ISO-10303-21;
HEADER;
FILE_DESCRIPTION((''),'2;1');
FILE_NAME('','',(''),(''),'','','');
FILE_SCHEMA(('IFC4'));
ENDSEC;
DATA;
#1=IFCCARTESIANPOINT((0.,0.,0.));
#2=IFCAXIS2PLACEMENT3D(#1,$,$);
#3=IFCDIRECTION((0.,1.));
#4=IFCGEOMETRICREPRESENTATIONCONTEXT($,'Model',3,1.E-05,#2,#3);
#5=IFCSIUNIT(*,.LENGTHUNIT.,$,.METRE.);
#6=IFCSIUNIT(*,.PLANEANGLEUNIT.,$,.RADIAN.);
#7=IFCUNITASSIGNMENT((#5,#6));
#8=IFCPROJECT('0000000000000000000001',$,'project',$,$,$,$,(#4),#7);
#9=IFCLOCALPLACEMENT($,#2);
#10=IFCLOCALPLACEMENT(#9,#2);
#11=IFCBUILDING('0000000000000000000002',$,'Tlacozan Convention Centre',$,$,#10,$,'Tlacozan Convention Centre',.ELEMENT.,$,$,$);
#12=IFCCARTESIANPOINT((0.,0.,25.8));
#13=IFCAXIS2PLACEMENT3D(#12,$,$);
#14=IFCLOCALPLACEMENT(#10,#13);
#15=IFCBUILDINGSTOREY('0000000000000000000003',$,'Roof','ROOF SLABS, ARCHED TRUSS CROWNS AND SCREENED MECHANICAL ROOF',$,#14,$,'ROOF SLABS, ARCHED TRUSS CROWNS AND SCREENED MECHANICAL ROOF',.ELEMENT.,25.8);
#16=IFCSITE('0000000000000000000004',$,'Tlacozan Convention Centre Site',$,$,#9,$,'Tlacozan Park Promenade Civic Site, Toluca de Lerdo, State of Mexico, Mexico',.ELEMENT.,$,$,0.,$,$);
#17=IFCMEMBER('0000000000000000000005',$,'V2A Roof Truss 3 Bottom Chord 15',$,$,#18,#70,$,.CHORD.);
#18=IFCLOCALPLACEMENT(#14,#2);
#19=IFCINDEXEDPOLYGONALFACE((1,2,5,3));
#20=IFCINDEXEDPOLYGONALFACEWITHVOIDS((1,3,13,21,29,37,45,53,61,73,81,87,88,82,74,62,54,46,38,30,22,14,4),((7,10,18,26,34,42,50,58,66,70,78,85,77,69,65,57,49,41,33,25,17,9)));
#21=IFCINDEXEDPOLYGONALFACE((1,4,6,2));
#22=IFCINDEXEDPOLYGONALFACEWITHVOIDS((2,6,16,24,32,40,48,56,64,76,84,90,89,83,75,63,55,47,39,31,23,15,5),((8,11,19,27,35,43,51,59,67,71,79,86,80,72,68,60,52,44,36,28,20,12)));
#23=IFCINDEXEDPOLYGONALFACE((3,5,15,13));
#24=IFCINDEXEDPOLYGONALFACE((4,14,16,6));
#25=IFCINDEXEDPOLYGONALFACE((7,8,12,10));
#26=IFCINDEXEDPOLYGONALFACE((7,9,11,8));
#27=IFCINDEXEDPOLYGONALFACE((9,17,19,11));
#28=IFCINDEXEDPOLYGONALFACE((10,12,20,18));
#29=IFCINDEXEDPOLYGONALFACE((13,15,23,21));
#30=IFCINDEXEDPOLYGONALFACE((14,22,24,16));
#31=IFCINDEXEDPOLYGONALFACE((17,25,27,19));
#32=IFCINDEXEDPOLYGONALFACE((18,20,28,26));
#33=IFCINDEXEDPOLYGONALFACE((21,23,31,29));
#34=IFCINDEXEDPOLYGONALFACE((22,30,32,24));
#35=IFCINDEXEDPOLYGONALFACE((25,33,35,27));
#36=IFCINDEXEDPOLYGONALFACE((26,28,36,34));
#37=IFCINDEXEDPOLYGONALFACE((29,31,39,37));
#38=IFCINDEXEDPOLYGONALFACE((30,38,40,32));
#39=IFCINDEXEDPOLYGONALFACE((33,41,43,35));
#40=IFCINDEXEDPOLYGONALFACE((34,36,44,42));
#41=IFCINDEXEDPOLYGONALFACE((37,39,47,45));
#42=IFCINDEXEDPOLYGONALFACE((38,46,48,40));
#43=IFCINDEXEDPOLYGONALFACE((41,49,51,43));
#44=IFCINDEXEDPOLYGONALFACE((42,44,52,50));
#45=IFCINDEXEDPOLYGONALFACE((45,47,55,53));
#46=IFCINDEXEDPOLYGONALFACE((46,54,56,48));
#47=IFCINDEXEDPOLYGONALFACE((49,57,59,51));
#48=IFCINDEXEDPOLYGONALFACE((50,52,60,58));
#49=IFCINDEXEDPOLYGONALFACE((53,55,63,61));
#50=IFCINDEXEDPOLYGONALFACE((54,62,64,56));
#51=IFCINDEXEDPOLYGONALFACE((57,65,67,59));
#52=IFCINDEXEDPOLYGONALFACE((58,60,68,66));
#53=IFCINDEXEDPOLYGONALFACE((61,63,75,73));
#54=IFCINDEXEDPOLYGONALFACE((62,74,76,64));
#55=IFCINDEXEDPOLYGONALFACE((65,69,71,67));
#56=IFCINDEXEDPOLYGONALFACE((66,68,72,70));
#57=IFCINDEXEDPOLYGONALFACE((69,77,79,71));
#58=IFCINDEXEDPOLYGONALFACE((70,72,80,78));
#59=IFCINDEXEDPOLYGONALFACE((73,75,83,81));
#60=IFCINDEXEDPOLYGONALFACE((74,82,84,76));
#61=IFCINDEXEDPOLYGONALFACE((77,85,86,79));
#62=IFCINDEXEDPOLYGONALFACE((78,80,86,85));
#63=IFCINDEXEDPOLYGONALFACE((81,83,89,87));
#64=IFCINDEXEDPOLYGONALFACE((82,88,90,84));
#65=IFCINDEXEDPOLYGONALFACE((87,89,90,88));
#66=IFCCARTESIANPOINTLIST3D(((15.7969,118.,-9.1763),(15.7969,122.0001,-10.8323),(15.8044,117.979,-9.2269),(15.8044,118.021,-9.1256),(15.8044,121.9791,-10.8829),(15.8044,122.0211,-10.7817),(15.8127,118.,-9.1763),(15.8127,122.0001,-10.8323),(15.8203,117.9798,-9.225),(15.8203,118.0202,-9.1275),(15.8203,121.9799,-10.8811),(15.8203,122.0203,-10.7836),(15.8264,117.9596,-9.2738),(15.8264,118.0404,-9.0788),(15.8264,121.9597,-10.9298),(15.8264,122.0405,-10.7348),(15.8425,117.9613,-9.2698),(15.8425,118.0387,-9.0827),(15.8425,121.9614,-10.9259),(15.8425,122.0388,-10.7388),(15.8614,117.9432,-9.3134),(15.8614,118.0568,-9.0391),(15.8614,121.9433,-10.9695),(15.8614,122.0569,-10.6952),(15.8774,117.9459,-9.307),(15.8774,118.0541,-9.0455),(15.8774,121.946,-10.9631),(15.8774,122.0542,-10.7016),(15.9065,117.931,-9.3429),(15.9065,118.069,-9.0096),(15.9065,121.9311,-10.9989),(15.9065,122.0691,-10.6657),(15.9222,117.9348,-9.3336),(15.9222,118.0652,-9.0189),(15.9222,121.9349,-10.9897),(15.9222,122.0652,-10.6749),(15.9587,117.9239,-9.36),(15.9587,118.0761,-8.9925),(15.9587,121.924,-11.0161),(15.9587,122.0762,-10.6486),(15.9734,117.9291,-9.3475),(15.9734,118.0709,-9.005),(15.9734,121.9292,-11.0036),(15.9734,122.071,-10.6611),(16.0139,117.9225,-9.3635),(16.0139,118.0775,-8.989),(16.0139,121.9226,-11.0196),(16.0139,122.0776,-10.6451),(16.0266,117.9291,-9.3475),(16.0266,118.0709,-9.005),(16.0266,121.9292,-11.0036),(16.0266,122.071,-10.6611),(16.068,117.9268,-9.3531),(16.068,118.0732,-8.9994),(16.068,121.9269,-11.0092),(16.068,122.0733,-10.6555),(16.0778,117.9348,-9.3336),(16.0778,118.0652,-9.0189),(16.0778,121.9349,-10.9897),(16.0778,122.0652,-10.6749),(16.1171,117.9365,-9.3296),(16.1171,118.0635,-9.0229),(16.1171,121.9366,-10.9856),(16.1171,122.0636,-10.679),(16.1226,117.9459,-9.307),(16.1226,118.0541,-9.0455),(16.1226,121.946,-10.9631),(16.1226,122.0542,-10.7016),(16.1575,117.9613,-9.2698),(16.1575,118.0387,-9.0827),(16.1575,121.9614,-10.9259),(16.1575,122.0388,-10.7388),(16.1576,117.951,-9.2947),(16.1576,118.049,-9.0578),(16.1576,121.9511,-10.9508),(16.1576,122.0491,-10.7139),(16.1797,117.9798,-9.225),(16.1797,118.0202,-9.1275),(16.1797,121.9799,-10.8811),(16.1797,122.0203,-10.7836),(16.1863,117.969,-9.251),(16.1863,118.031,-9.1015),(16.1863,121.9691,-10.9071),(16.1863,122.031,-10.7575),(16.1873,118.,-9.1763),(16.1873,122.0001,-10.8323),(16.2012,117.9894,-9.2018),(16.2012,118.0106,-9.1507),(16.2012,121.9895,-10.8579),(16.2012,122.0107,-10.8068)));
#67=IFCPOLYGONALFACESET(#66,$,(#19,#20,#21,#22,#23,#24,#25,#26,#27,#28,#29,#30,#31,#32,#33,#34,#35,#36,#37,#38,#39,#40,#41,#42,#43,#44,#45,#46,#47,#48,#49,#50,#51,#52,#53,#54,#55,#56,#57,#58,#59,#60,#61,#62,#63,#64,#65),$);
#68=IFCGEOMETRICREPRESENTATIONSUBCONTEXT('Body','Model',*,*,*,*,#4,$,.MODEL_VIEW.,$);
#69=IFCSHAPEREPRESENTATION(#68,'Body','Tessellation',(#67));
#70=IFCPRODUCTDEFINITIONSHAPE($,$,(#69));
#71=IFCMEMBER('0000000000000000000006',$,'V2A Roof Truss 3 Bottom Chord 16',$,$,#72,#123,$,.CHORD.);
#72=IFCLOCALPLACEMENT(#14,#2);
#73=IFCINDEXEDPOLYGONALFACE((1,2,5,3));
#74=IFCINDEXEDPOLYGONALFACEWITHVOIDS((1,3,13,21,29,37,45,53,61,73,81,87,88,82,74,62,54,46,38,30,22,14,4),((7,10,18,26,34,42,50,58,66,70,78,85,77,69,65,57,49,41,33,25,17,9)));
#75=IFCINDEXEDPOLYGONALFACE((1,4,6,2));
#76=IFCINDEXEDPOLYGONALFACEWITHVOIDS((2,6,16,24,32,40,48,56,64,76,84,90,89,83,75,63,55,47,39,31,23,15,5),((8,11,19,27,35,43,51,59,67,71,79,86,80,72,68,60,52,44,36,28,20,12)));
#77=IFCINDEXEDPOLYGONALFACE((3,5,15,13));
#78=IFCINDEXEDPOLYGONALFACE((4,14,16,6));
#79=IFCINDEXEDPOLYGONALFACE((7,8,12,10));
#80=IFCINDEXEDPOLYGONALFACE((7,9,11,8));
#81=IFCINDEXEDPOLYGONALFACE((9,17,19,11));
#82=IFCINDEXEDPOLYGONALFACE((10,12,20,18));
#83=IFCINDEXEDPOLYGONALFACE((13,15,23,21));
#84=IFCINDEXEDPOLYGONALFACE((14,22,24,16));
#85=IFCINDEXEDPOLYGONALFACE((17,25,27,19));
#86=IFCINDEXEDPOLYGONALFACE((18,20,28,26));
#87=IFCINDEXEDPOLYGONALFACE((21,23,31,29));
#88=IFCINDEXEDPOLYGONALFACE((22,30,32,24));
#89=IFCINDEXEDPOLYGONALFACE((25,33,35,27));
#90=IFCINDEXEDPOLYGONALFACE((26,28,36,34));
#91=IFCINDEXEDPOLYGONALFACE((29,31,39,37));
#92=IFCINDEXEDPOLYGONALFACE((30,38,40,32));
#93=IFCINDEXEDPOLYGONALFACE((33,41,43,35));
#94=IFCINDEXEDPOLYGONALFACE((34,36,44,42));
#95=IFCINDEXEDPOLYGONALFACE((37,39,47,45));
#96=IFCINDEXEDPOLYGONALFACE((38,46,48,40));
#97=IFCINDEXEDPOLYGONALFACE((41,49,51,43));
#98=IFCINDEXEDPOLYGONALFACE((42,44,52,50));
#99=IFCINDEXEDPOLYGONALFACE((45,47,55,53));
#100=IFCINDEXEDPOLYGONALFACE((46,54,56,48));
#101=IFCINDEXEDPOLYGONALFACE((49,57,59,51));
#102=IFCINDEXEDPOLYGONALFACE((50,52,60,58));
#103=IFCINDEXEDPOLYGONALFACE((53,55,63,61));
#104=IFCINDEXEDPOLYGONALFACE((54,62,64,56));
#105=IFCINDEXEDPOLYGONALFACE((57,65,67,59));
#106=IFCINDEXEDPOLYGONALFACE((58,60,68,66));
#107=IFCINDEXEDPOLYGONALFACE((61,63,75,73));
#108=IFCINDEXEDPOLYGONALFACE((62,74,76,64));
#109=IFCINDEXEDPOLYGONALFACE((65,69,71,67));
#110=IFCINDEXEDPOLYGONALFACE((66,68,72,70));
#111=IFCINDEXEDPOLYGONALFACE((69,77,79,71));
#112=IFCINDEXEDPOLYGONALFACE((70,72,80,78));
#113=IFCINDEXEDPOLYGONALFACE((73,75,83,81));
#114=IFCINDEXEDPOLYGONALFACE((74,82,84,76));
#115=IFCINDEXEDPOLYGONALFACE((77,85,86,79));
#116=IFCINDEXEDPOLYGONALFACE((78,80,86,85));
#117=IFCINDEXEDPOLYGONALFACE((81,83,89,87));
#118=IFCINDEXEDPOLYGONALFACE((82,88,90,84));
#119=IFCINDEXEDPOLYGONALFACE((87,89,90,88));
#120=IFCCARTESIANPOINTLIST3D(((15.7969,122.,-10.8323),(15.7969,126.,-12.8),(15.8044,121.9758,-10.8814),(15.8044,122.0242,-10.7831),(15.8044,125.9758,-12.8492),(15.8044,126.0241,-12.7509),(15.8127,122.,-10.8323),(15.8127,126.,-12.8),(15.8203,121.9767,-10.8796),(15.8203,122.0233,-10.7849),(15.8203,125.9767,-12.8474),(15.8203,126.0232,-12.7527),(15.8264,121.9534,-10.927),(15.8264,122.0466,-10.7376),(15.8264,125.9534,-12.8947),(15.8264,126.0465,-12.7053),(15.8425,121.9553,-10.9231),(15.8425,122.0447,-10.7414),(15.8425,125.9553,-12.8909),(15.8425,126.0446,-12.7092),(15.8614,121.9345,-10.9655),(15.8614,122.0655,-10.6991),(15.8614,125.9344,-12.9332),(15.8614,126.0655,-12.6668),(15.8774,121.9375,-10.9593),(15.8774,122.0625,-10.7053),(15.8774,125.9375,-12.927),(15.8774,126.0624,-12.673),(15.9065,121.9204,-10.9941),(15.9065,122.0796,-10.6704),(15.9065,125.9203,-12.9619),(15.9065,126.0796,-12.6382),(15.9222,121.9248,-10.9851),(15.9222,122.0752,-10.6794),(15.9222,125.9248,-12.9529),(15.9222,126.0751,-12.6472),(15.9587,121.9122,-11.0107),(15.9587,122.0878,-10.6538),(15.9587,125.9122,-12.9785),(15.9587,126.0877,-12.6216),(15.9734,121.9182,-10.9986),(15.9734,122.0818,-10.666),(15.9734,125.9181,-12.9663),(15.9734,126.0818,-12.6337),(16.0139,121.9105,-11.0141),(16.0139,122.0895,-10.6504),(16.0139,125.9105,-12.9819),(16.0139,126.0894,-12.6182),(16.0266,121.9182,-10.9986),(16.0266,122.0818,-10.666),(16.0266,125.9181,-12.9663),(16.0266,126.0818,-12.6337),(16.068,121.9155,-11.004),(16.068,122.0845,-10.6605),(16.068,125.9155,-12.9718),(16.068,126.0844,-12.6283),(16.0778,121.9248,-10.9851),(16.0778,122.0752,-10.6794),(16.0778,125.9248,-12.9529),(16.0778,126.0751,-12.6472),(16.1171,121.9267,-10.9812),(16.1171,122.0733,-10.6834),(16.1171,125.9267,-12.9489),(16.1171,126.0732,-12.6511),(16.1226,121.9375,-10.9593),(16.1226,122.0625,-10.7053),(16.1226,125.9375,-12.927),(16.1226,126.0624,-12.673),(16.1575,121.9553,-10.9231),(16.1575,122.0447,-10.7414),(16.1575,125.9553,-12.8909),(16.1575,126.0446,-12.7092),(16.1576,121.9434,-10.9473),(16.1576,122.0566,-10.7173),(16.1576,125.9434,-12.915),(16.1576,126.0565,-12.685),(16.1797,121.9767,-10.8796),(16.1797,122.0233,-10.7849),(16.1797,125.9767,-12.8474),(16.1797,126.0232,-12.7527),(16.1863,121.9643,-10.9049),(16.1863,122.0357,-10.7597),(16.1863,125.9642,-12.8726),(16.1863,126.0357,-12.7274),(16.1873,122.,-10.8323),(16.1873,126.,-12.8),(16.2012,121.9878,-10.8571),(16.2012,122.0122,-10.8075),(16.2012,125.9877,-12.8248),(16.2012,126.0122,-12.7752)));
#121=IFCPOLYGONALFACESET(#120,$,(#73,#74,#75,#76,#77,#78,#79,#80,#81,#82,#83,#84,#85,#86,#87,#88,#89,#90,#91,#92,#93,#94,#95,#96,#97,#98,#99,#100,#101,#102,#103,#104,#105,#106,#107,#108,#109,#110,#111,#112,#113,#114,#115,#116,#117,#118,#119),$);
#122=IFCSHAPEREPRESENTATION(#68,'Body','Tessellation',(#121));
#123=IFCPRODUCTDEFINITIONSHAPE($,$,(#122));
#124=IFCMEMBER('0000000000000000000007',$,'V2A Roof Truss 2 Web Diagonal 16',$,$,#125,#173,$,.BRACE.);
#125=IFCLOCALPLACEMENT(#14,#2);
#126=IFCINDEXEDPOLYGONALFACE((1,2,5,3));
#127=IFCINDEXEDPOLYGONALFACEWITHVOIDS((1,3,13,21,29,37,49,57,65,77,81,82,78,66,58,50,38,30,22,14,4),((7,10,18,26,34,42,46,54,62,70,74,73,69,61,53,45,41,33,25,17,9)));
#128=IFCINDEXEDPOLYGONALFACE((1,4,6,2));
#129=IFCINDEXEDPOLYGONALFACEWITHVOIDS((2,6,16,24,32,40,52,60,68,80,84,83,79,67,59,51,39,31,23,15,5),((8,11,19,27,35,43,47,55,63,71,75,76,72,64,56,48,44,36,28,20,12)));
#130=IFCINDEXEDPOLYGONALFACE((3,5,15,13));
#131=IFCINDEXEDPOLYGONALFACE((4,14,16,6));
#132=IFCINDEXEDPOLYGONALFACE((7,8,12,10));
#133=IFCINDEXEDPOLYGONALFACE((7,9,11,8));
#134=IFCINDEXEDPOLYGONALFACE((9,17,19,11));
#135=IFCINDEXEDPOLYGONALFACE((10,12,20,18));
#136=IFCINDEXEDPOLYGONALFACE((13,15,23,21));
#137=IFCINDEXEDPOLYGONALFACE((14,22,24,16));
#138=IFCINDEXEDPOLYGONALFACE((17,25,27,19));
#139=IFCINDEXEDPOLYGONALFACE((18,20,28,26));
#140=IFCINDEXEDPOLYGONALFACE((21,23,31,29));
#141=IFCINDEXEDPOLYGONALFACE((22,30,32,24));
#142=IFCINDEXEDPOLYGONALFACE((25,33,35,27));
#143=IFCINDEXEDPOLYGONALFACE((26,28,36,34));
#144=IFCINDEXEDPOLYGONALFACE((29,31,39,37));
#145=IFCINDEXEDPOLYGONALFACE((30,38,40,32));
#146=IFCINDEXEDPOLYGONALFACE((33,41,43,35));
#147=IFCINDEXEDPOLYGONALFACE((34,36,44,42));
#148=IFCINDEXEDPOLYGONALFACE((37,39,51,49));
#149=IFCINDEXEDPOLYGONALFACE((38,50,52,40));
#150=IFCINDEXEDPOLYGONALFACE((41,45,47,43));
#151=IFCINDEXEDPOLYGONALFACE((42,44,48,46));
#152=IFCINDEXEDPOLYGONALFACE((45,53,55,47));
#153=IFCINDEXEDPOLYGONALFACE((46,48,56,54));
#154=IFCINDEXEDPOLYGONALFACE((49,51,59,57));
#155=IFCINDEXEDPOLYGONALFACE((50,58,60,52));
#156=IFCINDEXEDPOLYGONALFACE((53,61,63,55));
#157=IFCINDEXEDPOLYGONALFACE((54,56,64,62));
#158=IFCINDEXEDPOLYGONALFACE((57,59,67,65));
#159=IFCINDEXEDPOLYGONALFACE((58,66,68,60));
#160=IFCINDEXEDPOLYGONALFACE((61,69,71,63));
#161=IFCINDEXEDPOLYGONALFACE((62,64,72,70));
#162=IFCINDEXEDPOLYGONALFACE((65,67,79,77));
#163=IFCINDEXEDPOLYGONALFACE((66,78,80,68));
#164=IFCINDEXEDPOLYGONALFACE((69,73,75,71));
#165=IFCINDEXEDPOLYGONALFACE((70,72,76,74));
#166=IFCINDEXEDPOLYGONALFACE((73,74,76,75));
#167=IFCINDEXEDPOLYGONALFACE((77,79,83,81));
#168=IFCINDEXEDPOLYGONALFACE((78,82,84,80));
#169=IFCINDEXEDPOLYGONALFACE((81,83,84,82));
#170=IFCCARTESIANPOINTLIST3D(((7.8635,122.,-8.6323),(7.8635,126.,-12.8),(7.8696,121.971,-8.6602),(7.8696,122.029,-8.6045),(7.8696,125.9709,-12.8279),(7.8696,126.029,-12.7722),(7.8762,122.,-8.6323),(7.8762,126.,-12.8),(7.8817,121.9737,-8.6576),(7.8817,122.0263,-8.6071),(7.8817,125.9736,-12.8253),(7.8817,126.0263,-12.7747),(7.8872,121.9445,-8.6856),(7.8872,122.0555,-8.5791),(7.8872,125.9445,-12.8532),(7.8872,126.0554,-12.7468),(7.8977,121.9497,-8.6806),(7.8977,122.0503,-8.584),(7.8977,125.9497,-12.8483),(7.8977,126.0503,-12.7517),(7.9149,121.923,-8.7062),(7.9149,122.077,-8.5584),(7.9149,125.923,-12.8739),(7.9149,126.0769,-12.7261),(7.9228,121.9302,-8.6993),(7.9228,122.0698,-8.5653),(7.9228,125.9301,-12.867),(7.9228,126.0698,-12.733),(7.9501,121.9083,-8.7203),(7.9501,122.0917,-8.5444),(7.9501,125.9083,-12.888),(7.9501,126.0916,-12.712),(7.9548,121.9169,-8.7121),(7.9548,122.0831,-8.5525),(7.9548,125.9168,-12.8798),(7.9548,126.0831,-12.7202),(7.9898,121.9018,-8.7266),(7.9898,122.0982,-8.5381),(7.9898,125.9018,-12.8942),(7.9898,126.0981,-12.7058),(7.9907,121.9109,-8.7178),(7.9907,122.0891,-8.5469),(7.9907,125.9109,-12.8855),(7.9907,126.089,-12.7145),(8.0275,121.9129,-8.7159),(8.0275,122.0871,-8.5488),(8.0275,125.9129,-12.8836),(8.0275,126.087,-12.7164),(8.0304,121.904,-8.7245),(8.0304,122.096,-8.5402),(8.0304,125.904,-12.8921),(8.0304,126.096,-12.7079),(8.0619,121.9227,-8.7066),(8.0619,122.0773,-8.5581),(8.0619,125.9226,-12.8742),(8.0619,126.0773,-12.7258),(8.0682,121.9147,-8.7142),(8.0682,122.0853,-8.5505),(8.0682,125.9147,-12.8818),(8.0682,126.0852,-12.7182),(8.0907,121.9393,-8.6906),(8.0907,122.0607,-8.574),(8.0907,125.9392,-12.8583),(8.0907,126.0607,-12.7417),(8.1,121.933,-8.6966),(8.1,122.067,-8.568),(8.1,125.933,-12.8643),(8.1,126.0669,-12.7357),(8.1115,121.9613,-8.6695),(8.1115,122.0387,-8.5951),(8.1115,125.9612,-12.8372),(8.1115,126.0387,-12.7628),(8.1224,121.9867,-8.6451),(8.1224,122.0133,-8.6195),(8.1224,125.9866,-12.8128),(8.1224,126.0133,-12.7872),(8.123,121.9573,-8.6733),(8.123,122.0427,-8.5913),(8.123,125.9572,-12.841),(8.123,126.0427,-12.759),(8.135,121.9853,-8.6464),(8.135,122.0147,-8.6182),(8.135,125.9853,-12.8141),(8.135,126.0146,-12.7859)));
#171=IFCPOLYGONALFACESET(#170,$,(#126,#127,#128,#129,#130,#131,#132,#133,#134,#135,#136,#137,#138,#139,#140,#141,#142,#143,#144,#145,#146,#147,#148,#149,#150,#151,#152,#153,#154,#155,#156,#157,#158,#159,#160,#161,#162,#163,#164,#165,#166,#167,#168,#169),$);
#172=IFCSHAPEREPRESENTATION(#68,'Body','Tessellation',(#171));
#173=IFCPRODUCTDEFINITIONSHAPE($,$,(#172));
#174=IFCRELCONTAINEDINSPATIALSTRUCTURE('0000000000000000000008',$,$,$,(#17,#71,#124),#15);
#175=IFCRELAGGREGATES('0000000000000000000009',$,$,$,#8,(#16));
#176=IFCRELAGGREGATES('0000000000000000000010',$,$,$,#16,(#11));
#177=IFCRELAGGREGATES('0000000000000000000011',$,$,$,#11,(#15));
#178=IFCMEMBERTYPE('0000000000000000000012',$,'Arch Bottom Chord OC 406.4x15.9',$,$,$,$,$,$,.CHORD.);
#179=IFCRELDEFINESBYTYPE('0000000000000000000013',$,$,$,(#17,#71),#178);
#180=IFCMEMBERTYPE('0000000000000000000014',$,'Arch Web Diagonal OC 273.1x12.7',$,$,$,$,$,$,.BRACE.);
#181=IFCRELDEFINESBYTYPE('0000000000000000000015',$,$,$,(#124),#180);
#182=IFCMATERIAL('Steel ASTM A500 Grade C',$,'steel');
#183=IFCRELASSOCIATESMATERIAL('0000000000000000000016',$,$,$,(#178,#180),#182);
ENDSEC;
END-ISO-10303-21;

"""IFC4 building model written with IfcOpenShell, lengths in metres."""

from ifc_helpers import new_model, si_unit, direction, frame, origin, origin_2d, place, context, subcontext, project, spatial, hollow_circle, extrude, material, material_profile, profile_set, type_object, element, save


model = new_model("IFC4")

# Units and contexts
model_context = context("Model", 3, precision=1e-05, world=origin(), true_north=direction((0.0, 1.0)))
body_context = subcontext(model_context, "Body", "Model", "MODEL_VIEW")
ifc_project = project(units=[si_unit("LENGTHUNIT", "METRE"), si_unit("PLANEANGLEUNIT", "RADIAN")], contexts=[model_context])

# Site, building, storey
site_placement = place(None, origin())
site = spatial("IfcSite", under=ifc_project, at=site_placement, Name="Tlacozan Convention Centre Site", LongName="Tlacozan Park Promenade Civic Site, Toluca de Lerdo, State of Mexico, Mexico", CompositionType="ELEMENT", RefElevation=0.0)
building_placement = place(site_placement, origin())
building = spatial("IfcBuilding", under=site, at=building_placement, Name="Tlacozan Convention Centre", LongName="Tlacozan Convention Centre", CompositionType="ELEMENT")
storey_placement = place(building_placement, frame((0.0, 0.0, 25.8)))
storey = spatial("IfcBuildingStorey", under=building, at=storey_placement, Name="Roof", Description="ROOF SLABS, ARCHED TRUSS CROWNS AND SCREENED MECHANICAL ROOF", LongName="ROOF SLABS, ARCHED TRUSS CROWNS AND SCREENED MECHANICAL ROOF", CompositionType="ELEMENT", Elevation=25.8)

# Members
ifc_material_1 = material(Name="Steel ASTM A500 Grade C", Category="steel")
ifc_material_profile_1 = material_profile(ifc_material_1, hollow_circle(Radius=0.2031, WallThickness=0.0159, at=origin_2d()), Name="OC 406.4x15.9")
ifc_profile_set_1 = profile_set([ifc_material_profile_1], Name="Steel ASTM A500 Grade C")
member_type_1 = type_object("IfcMemberType", Name="Arch Bottom Chord OC 406.4x15.9", PredefinedType="CHORD", material=ifc_profile_set_1)
member_1_placement = place(storey_placement, frame((16.0, 118.0, -9.1763), z_axis=(0.0, 0.923949, -0.382516), x_axis=(-1.0, 0.0, 0.0)))
element("IfcMember", 1, at=member_1_placement, inside=storey, type_object=member_type_1, Name="V2A Roof Truss 3 Bottom Chord 15", PredefinedType="CHORD", context=body_context, shape_type="SweptSolid", body=[
    extrude(hollow_circle(Radius=0.2031, WallThickness=0.0159, at=origin_2d()), origin(), (0.0, 0.0, 1.0), 4.3293),
])
member_2_placement = place(storey_placement, frame((16.0, 122.0, -10.8323), z_axis=(0.0, 0.8973, -0.441421), x_axis=(-1.0, 0.0, 0.0)))
element("IfcMember", 2, at=member_2_placement, inside=storey, type_object=member_type_1, Name="V2A Roof Truss 3 Bottom Chord 16", PredefinedType="CHORD", context=body_context, shape_type="SweptSolid", body=[
    extrude(hollow_circle(Radius=0.2031, WallThickness=0.0159, at=origin_2d()), origin(), (0.0, 0.0, 1.0), 4.4578),
])
ifc_material_profile_2 = material_profile(ifc_material_1, hollow_circle(Radius=0.1365, WallThickness=0.0127, at=origin_2d()), Name="OC 273.1x12.7")
ifc_profile_set_2 = profile_set([ifc_material_profile_2], Name="Steel ASTM A500 Grade C")
member_type_2 = type_object("IfcMemberType", Name="Arch Web Diagonal OC 273.1x12.7", PredefinedType="BRACE", material=ifc_profile_set_2)
member_3_placement = place(storey_placement, frame((8.0, 122.0, -8.6323), z_axis=(0.0, 0.69244, -0.721475), x_axis=(-1.0, 0.0, 0.0)))
element("IfcMember", 3, at=member_3_placement, inside=storey, type_object=member_type_2, Name="V2A Roof Truss 2 Web Diagonal 16", PredefinedType="BRACE", context=body_context, shape_type="SweptSolid", body=[
    extrude(hollow_circle(Radius=0.1365, WallThickness=0.0127, at=origin_2d()), origin(), (0.0, 0.0, 1.0), 5.7766),
])

save(model, "model.ifc")
